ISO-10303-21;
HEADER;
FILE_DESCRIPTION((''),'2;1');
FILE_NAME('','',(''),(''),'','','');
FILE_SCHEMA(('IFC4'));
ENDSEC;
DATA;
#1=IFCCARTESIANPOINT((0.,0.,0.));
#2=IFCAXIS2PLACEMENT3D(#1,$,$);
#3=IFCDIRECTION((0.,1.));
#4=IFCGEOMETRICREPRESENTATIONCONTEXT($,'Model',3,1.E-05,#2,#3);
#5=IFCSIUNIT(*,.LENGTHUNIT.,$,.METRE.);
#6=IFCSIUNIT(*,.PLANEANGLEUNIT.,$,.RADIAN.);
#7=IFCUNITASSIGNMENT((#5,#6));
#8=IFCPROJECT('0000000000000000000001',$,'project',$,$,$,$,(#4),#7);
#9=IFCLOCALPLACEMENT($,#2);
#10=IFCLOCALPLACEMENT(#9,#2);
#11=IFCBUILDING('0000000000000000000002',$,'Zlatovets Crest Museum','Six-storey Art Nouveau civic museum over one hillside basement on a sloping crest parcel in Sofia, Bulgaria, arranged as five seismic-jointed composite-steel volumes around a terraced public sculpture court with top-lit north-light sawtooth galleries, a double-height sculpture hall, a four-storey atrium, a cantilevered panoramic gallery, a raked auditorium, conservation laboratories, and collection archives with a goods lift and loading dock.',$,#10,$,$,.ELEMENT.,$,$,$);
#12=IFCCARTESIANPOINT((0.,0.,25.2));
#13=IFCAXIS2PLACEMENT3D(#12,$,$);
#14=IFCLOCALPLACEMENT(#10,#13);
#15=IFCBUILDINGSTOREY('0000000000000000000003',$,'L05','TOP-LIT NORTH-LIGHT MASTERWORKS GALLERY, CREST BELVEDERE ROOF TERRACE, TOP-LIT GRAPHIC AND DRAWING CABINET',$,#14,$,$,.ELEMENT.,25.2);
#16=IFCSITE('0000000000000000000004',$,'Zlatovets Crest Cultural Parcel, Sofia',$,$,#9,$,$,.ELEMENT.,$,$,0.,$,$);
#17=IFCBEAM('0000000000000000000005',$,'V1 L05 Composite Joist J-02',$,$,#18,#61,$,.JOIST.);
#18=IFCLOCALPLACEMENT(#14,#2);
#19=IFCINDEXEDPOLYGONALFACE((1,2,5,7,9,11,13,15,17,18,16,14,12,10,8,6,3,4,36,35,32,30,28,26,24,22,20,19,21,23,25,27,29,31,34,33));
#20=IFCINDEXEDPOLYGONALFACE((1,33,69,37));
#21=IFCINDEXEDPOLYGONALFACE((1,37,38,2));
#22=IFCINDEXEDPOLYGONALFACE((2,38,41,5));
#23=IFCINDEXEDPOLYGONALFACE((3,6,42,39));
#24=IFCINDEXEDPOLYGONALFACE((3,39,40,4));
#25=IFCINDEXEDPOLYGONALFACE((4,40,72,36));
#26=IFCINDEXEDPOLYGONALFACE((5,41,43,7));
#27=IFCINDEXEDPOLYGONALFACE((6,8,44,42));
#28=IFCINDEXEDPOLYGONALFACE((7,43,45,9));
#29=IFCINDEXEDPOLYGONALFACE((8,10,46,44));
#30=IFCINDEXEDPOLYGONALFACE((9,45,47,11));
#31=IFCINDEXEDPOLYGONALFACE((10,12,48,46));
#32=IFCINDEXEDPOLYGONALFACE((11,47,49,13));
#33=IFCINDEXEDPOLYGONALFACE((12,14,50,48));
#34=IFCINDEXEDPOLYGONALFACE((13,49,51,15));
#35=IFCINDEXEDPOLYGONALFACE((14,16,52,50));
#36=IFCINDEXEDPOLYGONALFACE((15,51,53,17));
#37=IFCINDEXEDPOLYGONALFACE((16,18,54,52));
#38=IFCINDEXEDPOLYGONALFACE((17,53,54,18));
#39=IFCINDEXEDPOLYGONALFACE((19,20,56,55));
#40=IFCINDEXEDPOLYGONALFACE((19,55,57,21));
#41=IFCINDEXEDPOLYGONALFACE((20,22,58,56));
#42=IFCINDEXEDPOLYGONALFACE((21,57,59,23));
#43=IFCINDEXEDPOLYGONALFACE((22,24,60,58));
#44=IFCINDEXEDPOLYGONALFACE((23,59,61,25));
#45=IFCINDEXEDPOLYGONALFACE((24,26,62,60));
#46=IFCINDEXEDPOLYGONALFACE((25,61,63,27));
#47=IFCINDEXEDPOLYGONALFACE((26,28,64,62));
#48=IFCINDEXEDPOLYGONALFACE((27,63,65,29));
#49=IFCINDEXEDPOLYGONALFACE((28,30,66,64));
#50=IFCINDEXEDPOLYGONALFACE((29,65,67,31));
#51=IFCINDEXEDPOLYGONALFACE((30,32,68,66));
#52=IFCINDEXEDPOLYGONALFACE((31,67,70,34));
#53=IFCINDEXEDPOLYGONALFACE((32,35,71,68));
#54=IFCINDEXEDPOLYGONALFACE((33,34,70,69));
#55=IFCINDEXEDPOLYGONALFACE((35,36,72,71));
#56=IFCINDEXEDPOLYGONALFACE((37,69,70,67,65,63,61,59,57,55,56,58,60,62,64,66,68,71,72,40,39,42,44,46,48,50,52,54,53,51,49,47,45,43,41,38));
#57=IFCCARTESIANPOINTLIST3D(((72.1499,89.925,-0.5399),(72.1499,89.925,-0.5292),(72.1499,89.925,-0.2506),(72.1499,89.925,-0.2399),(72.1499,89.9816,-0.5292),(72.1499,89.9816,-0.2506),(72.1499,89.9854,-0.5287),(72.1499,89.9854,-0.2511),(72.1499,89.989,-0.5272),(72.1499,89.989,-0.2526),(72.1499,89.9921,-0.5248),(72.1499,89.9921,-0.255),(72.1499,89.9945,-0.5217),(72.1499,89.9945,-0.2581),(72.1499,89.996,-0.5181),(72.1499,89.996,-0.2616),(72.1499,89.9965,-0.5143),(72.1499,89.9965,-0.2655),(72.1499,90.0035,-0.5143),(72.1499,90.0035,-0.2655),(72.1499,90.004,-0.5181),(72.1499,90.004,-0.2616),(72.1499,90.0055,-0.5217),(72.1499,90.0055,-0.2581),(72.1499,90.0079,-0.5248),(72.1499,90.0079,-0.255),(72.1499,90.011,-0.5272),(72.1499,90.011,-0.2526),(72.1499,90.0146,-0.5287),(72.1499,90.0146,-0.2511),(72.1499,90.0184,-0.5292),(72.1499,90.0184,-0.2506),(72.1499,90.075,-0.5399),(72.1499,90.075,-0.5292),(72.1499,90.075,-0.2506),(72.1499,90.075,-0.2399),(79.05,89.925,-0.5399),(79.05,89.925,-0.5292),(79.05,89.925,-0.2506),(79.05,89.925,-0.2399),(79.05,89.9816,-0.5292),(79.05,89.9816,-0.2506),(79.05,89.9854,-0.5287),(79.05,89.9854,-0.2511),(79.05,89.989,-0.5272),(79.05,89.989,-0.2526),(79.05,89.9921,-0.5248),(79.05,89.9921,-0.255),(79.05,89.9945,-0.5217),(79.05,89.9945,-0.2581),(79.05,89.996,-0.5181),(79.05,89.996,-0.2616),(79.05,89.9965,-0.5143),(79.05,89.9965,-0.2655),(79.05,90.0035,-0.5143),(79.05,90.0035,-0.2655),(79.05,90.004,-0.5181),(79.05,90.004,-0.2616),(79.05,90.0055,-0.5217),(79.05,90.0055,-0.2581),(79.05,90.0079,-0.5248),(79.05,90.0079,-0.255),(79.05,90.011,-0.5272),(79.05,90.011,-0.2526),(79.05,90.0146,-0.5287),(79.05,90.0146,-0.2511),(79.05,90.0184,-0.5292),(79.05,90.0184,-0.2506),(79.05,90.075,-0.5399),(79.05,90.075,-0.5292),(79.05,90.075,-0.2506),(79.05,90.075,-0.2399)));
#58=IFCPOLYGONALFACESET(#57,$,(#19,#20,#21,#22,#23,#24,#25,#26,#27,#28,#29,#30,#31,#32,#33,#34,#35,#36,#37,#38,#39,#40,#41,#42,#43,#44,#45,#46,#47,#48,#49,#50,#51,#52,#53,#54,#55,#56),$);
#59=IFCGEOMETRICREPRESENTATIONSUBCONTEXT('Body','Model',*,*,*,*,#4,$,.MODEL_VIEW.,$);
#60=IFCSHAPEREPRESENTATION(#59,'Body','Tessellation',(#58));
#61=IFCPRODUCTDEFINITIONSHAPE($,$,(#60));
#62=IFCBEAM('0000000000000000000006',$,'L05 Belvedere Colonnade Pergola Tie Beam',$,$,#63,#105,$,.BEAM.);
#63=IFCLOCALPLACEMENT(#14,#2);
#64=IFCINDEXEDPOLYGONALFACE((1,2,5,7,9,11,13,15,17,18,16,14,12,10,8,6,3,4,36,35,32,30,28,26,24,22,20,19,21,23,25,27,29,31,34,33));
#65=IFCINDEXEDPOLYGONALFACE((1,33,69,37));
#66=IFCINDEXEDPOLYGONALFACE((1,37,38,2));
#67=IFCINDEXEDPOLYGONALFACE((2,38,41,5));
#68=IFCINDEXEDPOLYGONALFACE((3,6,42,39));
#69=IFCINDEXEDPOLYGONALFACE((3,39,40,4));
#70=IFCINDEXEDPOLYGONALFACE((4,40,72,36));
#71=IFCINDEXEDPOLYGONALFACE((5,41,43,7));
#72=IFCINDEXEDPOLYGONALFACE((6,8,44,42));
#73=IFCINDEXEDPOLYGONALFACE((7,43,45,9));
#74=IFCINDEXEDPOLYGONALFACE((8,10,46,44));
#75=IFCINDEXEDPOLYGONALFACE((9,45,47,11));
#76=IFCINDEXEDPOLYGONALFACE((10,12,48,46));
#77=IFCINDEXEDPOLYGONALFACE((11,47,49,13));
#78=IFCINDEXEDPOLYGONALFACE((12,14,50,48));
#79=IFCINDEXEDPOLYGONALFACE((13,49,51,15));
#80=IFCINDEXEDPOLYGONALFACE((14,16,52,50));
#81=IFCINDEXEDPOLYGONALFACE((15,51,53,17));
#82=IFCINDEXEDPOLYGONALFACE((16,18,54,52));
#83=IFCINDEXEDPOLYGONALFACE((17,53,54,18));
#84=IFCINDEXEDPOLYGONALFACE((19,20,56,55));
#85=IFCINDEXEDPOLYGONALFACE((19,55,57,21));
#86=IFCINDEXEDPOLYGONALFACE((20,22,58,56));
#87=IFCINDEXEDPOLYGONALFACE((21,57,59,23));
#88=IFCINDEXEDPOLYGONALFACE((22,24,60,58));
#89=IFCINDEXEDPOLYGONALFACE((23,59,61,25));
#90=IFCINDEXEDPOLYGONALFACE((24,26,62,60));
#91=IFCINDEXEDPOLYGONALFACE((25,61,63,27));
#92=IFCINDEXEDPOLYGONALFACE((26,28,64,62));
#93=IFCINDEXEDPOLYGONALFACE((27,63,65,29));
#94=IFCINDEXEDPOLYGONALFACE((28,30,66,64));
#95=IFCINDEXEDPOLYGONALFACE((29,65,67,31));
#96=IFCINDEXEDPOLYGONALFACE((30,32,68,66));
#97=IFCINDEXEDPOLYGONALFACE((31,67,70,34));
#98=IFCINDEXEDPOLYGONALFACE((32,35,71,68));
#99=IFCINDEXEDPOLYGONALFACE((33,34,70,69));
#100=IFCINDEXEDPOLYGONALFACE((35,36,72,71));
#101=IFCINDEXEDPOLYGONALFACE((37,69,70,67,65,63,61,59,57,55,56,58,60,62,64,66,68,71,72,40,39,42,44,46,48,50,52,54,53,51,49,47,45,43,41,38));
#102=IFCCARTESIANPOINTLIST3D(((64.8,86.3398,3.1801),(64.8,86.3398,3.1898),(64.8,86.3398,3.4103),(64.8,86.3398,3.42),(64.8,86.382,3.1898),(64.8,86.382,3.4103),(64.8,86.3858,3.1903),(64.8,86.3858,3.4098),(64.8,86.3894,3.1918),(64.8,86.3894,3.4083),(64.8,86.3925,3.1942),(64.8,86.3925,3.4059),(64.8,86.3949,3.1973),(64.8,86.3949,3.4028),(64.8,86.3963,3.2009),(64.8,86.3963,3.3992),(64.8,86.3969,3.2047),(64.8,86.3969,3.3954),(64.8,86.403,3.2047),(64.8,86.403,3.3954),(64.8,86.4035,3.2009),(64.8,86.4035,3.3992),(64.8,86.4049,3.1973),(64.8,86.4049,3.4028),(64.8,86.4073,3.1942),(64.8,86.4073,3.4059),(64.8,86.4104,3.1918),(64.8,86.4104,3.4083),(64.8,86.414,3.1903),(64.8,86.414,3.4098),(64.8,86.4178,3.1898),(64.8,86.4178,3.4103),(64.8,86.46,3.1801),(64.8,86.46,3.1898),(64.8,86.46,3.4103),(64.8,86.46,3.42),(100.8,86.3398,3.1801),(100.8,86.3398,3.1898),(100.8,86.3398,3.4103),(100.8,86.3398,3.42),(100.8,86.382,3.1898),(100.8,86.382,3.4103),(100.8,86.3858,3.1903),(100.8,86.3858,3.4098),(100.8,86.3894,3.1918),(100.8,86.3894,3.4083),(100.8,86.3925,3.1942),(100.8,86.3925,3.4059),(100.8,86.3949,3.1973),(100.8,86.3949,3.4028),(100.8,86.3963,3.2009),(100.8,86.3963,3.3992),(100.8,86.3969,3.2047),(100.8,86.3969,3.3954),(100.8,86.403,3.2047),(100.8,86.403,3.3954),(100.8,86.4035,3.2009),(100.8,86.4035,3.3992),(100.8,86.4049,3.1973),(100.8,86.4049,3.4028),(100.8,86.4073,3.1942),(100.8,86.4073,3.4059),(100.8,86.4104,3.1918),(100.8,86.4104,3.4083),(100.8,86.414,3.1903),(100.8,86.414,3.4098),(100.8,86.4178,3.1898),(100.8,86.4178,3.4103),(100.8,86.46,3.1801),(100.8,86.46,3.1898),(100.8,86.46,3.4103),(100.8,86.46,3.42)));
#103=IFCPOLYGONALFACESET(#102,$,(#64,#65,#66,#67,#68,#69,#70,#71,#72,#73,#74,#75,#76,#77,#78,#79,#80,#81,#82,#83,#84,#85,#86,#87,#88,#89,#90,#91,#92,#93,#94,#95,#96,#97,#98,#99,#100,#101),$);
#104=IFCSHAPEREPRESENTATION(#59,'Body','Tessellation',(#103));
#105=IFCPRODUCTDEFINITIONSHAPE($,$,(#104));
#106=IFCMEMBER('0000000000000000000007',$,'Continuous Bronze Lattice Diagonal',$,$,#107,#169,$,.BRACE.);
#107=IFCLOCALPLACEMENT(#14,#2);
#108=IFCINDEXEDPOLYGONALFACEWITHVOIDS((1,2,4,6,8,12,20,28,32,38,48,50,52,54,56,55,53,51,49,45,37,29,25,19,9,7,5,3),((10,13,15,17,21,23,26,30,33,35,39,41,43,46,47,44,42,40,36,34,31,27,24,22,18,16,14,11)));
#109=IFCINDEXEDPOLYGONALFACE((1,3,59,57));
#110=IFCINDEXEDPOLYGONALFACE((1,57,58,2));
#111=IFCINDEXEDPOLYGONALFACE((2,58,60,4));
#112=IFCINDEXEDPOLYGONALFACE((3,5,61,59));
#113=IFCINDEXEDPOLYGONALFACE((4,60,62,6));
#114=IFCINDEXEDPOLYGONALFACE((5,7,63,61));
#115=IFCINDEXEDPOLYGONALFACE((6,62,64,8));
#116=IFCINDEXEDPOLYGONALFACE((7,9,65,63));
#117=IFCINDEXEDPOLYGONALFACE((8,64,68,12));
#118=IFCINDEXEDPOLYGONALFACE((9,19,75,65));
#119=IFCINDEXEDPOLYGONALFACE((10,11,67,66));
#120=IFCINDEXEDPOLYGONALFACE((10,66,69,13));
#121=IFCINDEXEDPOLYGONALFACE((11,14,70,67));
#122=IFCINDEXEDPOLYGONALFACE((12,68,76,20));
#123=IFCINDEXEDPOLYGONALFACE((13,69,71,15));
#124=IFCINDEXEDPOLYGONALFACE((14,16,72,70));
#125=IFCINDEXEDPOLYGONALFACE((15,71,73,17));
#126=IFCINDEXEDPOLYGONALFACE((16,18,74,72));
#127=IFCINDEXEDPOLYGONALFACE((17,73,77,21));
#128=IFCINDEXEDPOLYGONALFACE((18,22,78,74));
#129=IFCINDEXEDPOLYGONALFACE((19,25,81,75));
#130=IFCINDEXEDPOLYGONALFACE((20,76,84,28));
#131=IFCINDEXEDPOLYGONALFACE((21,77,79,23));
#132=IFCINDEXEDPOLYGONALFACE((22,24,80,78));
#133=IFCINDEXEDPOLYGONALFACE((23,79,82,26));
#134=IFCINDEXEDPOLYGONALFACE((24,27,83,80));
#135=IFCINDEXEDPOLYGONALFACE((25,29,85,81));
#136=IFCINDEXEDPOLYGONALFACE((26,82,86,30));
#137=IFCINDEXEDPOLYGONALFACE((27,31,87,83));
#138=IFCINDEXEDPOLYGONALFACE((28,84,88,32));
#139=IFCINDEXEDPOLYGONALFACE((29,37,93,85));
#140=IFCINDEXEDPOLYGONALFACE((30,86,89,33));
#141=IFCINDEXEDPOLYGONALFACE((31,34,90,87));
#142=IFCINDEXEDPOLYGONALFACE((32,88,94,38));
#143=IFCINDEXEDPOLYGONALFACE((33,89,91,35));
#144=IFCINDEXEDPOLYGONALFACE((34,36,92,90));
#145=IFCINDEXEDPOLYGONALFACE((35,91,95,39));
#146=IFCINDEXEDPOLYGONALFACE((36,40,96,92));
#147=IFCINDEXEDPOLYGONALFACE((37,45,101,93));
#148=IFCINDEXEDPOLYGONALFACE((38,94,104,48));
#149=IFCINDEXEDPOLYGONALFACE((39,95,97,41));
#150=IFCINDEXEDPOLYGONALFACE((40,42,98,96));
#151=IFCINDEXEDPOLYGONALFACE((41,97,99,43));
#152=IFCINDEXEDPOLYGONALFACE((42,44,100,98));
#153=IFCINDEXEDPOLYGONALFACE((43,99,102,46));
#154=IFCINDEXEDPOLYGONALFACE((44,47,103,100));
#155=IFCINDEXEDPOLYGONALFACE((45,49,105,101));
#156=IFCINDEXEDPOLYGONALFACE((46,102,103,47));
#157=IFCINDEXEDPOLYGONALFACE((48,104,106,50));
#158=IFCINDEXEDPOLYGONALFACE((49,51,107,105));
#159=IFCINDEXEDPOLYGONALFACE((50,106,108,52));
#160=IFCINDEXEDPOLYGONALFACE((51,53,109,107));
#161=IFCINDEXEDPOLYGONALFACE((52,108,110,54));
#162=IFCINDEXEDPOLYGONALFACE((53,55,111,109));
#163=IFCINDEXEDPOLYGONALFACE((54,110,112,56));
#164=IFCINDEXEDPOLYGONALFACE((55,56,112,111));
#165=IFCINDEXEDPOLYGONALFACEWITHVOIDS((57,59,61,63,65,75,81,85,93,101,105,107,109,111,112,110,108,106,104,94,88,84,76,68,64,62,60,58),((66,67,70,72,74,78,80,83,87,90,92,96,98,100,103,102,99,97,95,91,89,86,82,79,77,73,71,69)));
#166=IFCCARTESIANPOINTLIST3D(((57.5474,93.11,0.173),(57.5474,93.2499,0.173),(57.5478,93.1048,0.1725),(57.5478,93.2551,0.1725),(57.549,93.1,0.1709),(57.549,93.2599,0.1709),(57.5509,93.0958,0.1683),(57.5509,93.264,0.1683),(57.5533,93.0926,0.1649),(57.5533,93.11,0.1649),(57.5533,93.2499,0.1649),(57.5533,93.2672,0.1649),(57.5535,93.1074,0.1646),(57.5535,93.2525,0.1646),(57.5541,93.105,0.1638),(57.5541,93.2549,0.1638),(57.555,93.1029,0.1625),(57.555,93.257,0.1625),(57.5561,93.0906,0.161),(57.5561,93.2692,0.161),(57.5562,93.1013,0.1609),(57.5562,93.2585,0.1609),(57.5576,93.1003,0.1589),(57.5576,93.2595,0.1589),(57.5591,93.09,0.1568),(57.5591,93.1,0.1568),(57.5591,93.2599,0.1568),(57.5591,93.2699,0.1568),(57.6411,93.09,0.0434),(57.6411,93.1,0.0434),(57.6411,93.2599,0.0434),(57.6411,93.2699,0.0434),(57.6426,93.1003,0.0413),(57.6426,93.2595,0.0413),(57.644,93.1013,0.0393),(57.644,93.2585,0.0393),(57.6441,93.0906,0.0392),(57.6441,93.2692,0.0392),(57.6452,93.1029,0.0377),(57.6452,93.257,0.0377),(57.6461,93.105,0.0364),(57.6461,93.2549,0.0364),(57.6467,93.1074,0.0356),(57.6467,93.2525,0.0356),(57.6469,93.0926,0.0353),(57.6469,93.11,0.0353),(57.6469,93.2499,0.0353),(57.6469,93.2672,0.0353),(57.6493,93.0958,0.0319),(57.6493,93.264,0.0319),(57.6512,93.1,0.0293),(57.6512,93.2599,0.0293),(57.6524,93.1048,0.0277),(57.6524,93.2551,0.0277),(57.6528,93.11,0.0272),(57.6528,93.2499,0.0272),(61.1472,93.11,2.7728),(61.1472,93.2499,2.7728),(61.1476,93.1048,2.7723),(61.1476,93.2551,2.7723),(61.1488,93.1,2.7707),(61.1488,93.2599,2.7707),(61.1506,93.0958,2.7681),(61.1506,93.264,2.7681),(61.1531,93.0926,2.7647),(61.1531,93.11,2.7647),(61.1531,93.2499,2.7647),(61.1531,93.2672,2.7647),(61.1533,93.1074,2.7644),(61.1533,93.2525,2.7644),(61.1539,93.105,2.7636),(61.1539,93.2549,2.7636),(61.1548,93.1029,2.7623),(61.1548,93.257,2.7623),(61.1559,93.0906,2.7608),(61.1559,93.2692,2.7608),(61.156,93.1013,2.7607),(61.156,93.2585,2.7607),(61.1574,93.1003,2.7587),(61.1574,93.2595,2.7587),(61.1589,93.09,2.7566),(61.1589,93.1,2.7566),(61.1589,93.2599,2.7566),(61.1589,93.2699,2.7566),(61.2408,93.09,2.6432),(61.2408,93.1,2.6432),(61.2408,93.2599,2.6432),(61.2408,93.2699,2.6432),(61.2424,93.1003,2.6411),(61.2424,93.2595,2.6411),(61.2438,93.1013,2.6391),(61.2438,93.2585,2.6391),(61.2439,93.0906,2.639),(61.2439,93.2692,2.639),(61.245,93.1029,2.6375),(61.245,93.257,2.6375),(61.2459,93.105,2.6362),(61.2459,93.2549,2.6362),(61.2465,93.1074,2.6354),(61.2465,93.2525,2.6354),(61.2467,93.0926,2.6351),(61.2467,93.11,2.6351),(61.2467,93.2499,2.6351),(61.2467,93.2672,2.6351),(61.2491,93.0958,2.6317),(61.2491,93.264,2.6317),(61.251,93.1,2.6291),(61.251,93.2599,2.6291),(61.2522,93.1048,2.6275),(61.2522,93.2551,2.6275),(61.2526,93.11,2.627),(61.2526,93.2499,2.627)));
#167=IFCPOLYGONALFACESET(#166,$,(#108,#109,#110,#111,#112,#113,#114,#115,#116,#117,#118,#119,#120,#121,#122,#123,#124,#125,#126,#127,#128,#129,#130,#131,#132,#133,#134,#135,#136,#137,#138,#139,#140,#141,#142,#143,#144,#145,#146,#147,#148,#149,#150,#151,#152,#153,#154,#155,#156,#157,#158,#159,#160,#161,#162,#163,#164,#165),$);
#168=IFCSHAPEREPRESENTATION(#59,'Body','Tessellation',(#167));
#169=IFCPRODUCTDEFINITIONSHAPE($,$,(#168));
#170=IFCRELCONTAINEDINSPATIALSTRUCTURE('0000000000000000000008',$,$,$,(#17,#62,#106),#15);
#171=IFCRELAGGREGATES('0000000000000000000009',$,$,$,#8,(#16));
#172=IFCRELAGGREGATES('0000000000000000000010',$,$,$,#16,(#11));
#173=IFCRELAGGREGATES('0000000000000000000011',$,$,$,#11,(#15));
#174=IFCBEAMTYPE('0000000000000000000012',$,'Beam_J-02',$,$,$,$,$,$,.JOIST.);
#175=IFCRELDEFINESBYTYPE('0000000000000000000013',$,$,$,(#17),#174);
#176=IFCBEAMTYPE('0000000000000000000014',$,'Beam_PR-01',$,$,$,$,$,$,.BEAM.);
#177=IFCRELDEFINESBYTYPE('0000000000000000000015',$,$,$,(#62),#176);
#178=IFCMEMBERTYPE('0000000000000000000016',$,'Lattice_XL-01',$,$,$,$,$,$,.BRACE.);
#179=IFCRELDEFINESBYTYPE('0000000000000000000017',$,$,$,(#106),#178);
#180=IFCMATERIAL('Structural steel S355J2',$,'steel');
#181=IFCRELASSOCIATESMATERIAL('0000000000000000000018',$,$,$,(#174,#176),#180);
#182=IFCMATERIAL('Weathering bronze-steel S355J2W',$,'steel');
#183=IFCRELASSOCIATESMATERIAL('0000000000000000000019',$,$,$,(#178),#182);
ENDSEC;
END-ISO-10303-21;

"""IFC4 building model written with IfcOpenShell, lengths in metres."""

from ifc_helpers import new_model, si_unit, direction, frame, origin, origin_2d, place, context, subcontext, project, spatial, hollow_rectangle, i_section, extrude, material, material_profile, profile_set, type_object, element, save


model = new_model("IFC4")

# Units and contexts
model_context = context("Model", 3, precision=1e-05, world=origin(), true_north=direction((0.0, 1.0)))
body_context = subcontext(model_context, "Body", "Model", "MODEL_VIEW")
ifc_project = project(units=[si_unit("LENGTHUNIT", "METRE"), si_unit("PLANEANGLEUNIT", "RADIAN")], contexts=[model_context])

# Site, building, storey
site_placement = place(None, origin())
site = spatial("IfcSite", under=ifc_project, at=site_placement, Name="Zlatovets Crest Cultural Parcel, Sofia", CompositionType="ELEMENT", RefElevation=0.0)
building_placement = place(site_placement, origin())
building = spatial("IfcBuilding", under=site, at=building_placement, Name="Zlatovets Crest Museum", Description="Six-storey Art Nouveau civic museum over one hillside basement on a sloping crest parcel in Sofia, Bulgaria, arranged as five seismic-jointed composite-steel volumes around a terraced public sculpture court with top-lit north-light sawtooth galleries, a double-height sculpture hall, a four-storey atrium, a cantilevered panoramic gallery, a raked auditorium, conservation laboratories, and collection archives with a goods lift and loading dock.", CompositionType="ELEMENT")
storey_placement = place(building_placement, frame((0.0, 0.0, 25.2)))
storey = spatial("IfcBuildingStorey", under=building, at=storey_placement, Name="L05", Description="TOP-LIT NORTH-LIGHT MASTERWORKS GALLERY, CREST BELVEDERE ROOF TERRACE, TOP-LIT GRAPHIC AND DRAWING CABINET", CompositionType="ELEMENT", Elevation=25.2)

# Beams
ifc_material_1 = material(Name="Structural steel S355J2", Category="steel")
ifc_material_profile_1 = material_profile(ifc_material_1, i_section(OverallWidth=0.1499, OverallDepth=0.3, WebThickness=0.0071, FlangeThickness=0.0107, FilletRadius=0.0149, at=origin_2d()), Name="IPE 300")
ifc_profile_set_1 = profile_set([ifc_material_profile_1], Name="Structural steel S355J2")
beam_type_1 = type_object("IfcBeamType", Name="Beam_J-02", PredefinedType="JOIST", material=ifc_profile_set_1)
for number, where, z_axis, x_axis, name in (
    (1, (72.1499, 90.0, -0.3899), (1.0, 0.0, 0.0), (0.0, 1.0, 0.0), "V1 L05 Composite Joist J-02"),
):
    element("IfcBeam", number, at=place(storey_placement, frame(where, z_axis=z_axis, x_axis=x_axis)), inside=storey, type_object=beam_type_1, Name=name, PredefinedType="JOIST", context=body_context, shape_type="SweptSolid", body=[
        extrude(i_section(OverallWidth=0.1499, OverallDepth=0.3, WebThickness=0.0071, FlangeThickness=0.0107, FilletRadius=0.0149, at=origin_2d()), origin(), (0.0, 0.0, 1.0), 6.9001),
    ])
ifc_material_profile_2 = material_profile(ifc_material_1, i_section(OverallWidth=0.1201, OverallDepth=0.24, WebThickness=0.0061, FlangeThickness=0.0098, FilletRadius=0.0149, at=origin_2d()), Name="IPE 240")
ifc_profile_set_2 = profile_set([ifc_material_profile_2], Name="Structural steel S355J2")
beam_type_2 = type_object("IfcBeamType", Name="Beam_PR-01", PredefinedType="BEAM", material=ifc_profile_set_2)
beam_1_placement = place(storey_placement, frame((64.8, 86.3999, 3.3), z_axis=(1.0, 0.0, 0.0), x_axis=(0.0, 1.0, 0.0)))
element("IfcBeam", 2, at=beam_1_placement, inside=storey, type_object=beam_type_2, Name="L05 Belvedere Colonnade Pergola Tie Beam", PredefinedType="BEAM", context=body_context, shape_type="SweptSolid", body=[
    extrude(i_section(OverallWidth=0.1201, OverallDepth=0.24, WebThickness=0.0061, FlangeThickness=0.0098, FilletRadius=0.0149, at=origin_2d()), origin(), (0.0, 0.0, 1.0), 36.0),
])

# Member
ifc_material_2 = material(Name="Weathering bronze-steel S355J2W", Category="steel")
ifc_material_profile_3 = material_profile(ifc_material_2, hollow_rectangle(XDim=0.1799, YDim=0.1799, WallThickness=0.01, InnerFilletRadius=0.01, OuterFilletRadius=0.02, at=origin_2d()), Name="SHS 180x180x10.0")
ifc_profile_set_3 = profile_set([ifc_material_profile_3], Name="Weathering bronze-steel S355J2W")
member_type_1 = type_object("IfcMemberType", Name="Lattice_XL-01", PredefinedType="BRACE", material=ifc_profile_set_3)
member_1_placement = place(storey_placement, frame((57.6001, 93.1799, 0.1001), z_axis=(0.810684, 0.0, 0.585485), x_axis=(0.0, 1.0, 0.0)))
element("IfcMember", 3, at=member_1_placement, inside=storey, type_object=member_type_1, Name="Continuous Bronze Lattice Diagonal", PredefinedType="BRACE", context=body_context, shape_type="SweptSolid", body=[
    extrude(hollow_rectangle(XDim=0.1799, YDim=0.1799, WallThickness=0.01, InnerFilletRadius=0.01, OuterFilletRadius=0.02, at=origin_2d()), origin(), (0.0, 0.0, 1.0), 4.4404),
])

save(model, "model.ifc")
